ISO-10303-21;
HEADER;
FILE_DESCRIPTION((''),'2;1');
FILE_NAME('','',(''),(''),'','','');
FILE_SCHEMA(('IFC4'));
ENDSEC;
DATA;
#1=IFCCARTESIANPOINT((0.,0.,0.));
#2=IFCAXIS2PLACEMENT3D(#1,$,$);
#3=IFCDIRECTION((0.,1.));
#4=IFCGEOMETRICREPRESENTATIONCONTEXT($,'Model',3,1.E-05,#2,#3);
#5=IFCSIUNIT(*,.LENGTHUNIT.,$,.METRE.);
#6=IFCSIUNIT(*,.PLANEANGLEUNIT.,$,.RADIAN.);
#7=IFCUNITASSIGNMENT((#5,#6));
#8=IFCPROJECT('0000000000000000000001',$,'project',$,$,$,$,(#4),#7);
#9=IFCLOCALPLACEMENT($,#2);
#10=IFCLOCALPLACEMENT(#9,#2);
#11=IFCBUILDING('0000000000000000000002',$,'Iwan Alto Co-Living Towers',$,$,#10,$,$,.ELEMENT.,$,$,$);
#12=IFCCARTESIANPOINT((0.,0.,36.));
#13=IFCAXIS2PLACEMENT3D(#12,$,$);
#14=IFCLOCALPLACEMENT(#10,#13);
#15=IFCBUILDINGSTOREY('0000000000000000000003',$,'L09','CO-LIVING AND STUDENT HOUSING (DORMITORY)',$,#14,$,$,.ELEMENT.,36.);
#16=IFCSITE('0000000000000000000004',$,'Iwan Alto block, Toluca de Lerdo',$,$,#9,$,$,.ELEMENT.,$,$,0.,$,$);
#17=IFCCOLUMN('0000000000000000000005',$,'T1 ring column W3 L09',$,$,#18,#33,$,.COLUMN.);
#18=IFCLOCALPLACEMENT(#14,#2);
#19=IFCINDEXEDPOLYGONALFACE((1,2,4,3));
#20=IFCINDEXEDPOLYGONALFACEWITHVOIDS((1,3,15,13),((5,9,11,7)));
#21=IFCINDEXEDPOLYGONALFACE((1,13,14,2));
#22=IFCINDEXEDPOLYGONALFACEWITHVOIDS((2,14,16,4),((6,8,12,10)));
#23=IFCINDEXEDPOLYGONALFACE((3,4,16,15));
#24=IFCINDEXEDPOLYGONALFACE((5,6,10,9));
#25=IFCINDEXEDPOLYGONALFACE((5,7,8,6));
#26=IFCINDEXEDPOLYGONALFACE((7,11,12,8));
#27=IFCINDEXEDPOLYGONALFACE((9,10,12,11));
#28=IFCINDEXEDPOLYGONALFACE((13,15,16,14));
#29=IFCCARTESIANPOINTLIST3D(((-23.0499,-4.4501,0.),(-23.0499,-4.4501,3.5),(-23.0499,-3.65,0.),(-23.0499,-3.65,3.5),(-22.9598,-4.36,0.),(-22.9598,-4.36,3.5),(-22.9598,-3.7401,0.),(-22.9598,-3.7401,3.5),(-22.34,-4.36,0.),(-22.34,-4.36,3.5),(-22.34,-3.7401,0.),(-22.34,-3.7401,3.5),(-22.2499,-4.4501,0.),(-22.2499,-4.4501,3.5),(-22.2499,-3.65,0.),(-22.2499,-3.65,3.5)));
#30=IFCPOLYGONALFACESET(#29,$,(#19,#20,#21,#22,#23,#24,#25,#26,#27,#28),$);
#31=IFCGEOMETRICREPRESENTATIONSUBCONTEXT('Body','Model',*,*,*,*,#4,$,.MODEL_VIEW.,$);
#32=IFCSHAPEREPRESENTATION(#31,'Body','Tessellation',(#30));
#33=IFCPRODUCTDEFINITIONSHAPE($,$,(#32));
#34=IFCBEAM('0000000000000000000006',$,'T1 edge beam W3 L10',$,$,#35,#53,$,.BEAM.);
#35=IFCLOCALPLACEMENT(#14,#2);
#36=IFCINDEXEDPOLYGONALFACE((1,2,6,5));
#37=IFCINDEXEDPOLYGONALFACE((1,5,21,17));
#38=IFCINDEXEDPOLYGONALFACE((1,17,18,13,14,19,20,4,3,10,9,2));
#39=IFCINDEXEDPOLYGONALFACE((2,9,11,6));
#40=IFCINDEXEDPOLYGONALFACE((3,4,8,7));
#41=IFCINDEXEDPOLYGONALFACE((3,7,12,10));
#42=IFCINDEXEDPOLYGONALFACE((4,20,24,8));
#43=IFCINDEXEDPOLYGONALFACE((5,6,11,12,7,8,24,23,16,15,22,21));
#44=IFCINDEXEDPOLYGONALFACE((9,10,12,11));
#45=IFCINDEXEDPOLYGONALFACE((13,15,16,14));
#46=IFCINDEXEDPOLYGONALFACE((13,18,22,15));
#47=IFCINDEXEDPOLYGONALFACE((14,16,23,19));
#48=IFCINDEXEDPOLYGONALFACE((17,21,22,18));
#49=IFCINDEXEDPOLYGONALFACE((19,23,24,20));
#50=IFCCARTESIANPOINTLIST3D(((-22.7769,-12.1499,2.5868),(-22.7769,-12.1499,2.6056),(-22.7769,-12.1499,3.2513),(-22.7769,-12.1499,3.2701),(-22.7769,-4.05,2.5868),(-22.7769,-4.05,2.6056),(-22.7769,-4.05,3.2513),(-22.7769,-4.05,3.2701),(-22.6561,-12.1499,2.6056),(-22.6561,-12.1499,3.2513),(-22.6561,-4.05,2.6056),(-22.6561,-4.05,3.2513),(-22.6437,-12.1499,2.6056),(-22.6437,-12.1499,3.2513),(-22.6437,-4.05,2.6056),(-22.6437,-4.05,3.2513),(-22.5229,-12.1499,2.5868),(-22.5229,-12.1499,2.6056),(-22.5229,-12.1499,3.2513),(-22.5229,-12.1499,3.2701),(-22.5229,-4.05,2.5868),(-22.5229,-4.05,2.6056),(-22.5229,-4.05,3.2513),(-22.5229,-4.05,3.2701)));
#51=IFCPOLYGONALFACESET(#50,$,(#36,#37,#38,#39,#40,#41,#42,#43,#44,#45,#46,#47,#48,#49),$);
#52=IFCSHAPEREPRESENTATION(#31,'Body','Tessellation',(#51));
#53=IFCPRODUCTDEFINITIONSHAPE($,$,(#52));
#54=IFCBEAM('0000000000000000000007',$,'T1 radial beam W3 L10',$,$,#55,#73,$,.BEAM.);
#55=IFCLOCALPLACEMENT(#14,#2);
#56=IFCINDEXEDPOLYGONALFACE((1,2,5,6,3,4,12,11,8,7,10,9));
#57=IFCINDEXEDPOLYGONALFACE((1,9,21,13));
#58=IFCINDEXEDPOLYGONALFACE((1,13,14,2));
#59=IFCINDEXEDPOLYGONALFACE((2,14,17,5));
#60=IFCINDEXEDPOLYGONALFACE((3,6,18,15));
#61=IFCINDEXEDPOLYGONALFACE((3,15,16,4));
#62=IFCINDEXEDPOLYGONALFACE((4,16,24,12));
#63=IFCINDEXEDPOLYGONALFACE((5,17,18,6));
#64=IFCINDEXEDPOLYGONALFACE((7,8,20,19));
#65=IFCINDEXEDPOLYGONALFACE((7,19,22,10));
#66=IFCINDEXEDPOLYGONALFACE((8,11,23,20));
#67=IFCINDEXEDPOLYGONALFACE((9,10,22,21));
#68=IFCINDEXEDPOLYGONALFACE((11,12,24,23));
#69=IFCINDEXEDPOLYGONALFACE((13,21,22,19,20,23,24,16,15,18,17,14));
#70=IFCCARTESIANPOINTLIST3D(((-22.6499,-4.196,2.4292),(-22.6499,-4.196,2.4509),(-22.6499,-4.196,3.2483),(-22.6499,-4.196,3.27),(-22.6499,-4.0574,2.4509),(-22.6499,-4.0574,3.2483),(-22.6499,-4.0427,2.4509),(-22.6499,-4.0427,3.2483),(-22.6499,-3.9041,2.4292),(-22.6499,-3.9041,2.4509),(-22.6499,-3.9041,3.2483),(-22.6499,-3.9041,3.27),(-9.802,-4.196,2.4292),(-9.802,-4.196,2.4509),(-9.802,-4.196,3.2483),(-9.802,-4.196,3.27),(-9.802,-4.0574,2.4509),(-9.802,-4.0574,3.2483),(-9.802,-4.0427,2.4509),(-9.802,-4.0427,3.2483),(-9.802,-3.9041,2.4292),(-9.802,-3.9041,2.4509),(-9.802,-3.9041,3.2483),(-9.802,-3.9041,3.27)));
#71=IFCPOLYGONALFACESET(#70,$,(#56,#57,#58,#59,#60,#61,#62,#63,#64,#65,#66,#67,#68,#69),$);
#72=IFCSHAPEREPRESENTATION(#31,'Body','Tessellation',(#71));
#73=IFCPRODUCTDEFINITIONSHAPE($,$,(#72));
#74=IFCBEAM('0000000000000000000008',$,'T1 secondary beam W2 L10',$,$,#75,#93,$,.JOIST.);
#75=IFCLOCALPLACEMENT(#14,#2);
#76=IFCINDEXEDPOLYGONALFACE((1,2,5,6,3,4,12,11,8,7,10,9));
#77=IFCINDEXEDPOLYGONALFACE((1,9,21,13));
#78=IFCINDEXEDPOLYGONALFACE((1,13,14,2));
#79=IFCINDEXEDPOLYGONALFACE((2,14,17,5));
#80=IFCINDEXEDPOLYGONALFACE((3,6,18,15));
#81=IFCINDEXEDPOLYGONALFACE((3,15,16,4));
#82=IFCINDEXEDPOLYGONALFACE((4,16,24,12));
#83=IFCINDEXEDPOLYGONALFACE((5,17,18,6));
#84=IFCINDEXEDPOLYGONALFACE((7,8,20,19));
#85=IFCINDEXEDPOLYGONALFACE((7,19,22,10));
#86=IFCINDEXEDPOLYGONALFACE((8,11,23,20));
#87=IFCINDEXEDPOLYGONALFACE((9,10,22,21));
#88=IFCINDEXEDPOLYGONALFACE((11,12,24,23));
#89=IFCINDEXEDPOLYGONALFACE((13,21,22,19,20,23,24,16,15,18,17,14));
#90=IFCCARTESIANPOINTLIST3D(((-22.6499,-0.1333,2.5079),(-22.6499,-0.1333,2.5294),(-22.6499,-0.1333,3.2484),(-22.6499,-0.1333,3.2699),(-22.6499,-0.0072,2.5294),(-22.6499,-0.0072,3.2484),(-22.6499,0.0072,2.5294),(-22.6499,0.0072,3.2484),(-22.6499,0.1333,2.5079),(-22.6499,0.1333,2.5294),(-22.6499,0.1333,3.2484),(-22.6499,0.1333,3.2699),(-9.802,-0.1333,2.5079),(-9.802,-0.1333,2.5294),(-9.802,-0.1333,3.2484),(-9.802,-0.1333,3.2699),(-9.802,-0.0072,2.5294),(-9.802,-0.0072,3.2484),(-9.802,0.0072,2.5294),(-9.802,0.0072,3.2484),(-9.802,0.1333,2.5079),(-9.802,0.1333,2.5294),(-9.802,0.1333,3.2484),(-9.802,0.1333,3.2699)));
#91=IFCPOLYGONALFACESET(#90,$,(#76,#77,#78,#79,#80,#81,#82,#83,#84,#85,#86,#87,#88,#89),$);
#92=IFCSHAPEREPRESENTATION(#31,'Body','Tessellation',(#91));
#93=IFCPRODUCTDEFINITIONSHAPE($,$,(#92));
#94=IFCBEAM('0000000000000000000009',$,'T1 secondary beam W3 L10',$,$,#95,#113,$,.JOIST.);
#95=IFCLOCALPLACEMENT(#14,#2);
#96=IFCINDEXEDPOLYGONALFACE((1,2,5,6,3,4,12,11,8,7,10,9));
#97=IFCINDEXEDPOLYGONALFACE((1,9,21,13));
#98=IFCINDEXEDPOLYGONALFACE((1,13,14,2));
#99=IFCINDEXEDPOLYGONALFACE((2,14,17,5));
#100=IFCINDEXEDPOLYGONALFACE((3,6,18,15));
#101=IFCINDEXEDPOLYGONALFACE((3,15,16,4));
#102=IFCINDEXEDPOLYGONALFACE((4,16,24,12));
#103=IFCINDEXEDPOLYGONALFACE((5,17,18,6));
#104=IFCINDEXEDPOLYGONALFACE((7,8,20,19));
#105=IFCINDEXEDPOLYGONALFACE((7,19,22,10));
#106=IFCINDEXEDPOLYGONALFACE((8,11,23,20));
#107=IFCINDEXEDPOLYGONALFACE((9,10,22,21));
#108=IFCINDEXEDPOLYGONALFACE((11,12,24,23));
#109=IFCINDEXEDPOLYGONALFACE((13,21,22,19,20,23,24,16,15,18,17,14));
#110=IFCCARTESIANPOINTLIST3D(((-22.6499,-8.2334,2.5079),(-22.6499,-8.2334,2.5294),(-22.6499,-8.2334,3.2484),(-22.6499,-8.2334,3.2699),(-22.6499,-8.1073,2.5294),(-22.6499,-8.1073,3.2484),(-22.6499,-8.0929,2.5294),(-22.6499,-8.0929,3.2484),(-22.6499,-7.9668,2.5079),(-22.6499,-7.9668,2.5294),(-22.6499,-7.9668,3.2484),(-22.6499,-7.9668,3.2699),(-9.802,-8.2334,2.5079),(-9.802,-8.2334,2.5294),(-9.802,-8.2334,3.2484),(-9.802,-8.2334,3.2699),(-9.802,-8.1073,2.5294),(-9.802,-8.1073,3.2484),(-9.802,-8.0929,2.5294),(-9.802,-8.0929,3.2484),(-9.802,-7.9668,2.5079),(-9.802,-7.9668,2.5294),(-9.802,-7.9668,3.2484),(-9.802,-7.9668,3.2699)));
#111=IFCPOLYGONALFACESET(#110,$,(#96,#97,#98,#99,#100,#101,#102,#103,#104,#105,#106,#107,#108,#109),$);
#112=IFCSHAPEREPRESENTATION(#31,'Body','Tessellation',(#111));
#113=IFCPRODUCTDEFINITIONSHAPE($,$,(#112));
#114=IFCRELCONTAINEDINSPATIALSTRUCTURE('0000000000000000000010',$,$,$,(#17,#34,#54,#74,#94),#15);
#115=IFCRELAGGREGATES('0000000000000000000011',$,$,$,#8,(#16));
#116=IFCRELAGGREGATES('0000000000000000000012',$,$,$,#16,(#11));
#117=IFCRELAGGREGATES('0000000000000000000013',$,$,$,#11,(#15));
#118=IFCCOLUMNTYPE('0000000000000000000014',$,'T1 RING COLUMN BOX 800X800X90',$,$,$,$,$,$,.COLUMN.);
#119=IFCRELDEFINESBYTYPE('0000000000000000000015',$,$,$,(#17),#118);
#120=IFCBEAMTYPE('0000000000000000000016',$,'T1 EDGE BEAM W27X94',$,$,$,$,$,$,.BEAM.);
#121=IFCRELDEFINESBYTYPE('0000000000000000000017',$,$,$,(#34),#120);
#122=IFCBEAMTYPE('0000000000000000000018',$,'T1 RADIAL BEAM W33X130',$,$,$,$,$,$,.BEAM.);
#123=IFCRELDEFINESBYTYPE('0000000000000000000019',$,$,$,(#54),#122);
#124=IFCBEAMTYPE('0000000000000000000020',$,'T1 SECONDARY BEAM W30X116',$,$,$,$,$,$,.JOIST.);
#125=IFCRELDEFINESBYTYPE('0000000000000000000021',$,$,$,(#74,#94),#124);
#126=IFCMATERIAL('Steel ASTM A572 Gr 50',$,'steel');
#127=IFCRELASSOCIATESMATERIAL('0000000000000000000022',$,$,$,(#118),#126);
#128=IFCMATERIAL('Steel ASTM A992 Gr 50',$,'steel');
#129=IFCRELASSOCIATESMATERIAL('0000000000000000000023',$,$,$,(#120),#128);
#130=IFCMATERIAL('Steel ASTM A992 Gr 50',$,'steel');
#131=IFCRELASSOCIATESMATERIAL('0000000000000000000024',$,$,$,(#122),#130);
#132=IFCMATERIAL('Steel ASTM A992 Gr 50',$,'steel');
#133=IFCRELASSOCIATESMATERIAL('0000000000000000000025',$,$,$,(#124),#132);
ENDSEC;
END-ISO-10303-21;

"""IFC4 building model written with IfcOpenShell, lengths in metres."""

from ifc_helpers import new_model, si_unit, direction, frame, origin, origin_2d, place, context, subcontext, project, spatial, hollow_rectangle, i_section, extrude, material, material_profile, profile_set, type_object, element, save


model = new_model("IFC4")

# Units and contexts
model_context = context("Model", 3, precision=1e-05, world=origin(), true_north=direction((0.0, 1.0)))
body_context = subcontext(model_context, "Body", "Model", "MODEL_VIEW")
ifc_project = project(units=[si_unit("LENGTHUNIT", "METRE"), si_unit("PLANEANGLEUNIT", "RADIAN")], contexts=[model_context])

# Site, building, storey
site_placement = place(None, origin())
site = spatial("IfcSite", under=ifc_project, at=site_placement, Name="Iwan Alto block, Toluca de Lerdo", CompositionType="ELEMENT", RefElevation=0.0)
building_placement = place(site_placement, origin())
building = spatial("IfcBuilding", under=site, at=building_placement, Name="Iwan Alto Co-Living Towers", CompositionType="ELEMENT")
storey_placement = place(building_placement, frame((0.0, 0.0, 36.0)))
storey = spatial("IfcBuildingStorey", under=building, at=storey_placement, Name="L09", Description="CO-LIVING AND STUDENT HOUSING (DORMITORY)", CompositionType="ELEMENT", Elevation=36.0)

# Column
ifc_material_1 = material(Name="Steel ASTM A572 Gr 50", Category="steel")
ifc_material_profile_1 = material_profile(ifc_material_1, hollow_rectangle(XDim=0.8, YDim=0.8, WallThickness=0.0901, at=origin_2d()), Name="BOX 800X800X90")
ifc_profile_set_1 = profile_set([ifc_material_profile_1], Name="Steel ASTM A572 Gr 50")
column_type = type_object("IfcColumnType", Name="T1 RING COLUMN BOX 800X800X90", PredefinedType="COLUMN", material=ifc_profile_set_1)
column_placement = place(storey_placement, frame((-22.6499, -4.05, 0.0), z_axis=(0.0, 0.0, 1.0), x_axis=(1.0, 0.0, 0.0)))
element("IfcColumn", 1, at=column_placement, inside=storey, type_object=column_type, Name="T1 ring column W3 L09", PredefinedType="COLUMN", context=body_context, shape_type="SweptSolid", body=[
    extrude(hollow_rectangle(XDim=0.8, YDim=0.8, WallThickness=0.0901, at=origin_2d()), origin(), (0.0, 0.0, 1.0), 3.5),
])

# Beams
ifc_material_2 = material(Name="Steel ASTM A992 Gr 50", Category="steel")
ifc_material_profile_2 = material_profile(ifc_material_2, i_section(OverallWidth=0.2539, OverallDepth=0.6833, WebThickness=0.0125, FlangeThickness=0.0188, at=origin_2d()), Name="W27X94")
ifc_profile_set_2 = profile_set([ifc_material_profile_2], Name="Steel ASTM A992 Gr 50")
beam_type_1 = type_object("IfcBeamType", Name="T1 EDGE BEAM W27X94", PredefinedType="BEAM", material=ifc_profile_set_2)
beam_1_placement = place(storey_placement, frame((-22.6499, -4.05, 2.9285), z_axis=(0.0, -1.0, 0.0), x_axis=(1.0, 0.0, 0.0)))
element("IfcBeam", 2, at=beam_1_placement, inside=storey, type_object=beam_type_1, Name="T1 edge beam W3 L10", PredefinedType="BEAM", context=body_context, shape_type="SweptSolid", body=[
    extrude(i_section(OverallWidth=0.2539, OverallDepth=0.6833, WebThickness=0.0125, FlangeThickness=0.0188, at=origin_2d()), origin(), (0.0, 0.0, 1.0), 8.0999),
])
ifc_material_3 = material(Name="Steel ASTM A992 Gr 50", Category="steel")
ifc_material_profile_3 = material_profile(ifc_material_3, i_section(OverallWidth=0.292, OverallDepth=0.8408, WebThickness=0.0146, FlangeThickness=0.0217, at=origin_2d()), Name="W33X130")
ifc_profile_set_3 = profile_set([ifc_material_profile_3], Name="Steel ASTM A992 Gr 50")
beam_type_2 = type_object("IfcBeamType", Name="T1 RADIAL BEAM W33X130", PredefinedType="BEAM", material=ifc_profile_set_3)
beam_2_placement = place(storey_placement, frame((-22.6499, -4.05, 2.8496), z_axis=(1.0, 0.0, 0.0), x_axis=(0.0, 1.0, 0.0)))
element("IfcBeam", 3, at=beam_2_placement, inside=storey, type_object=beam_type_2, Name="T1 radial beam W3 L10", PredefinedType="BEAM", context=body_context, shape_type="SweptSolid", body=[
    extrude(i_section(OverallWidth=0.292, OverallDepth=0.8408, WebThickness=0.0146, FlangeThickness=0.0217, at=origin_2d()), origin(), (0.0, 0.0, 1.0), 12.8479),
])
ifc_material_4 = material(Name="Steel ASTM A992 Gr 50", Category="steel")
ifc_material_profile_4 = material_profile(ifc_material_4, i_section(OverallWidth=0.2666, OverallDepth=0.762, WebThickness=0.0144, FlangeThickness=0.0215, at=origin_2d()), Name="W30X116")
ifc_profile_set_4 = profile_set([ifc_material_profile_4], Name="Steel ASTM A992 Gr 50")
beam_type_3 = type_object("IfcBeamType", Name="T1 SECONDARY BEAM W30X116", PredefinedType="JOIST", material=ifc_profile_set_4)
for number, where, z_axis, x_axis, name in (
    (4, (-22.6499, 0.0, 2.8889), (1.0, 0.0, 0.0), (0.0, 1.0, 0.0), "T1 secondary beam W2 L10"),
    (5, (-22.6499, -8.1001, 2.8889), (1.0, 0.0, 0.0), (0.0, 1.0, 0.0), "T1 secondary beam W3 L10"),
):
    element("IfcBeam", number, at=place(storey_placement, frame(where, z_axis=z_axis, x_axis=x_axis)), inside=storey, type_object=beam_type_3, Name=name, PredefinedType="JOIST", context=body_context, shape_type="SweptSolid", body=[
        extrude(i_section(OverallWidth=0.2666, OverallDepth=0.762, WebThickness=0.0144, FlangeThickness=0.0215, at=origin_2d()), origin(), (0.0, 0.0, 1.0), 12.8479),
    ])

save(model, "model.ifc")
